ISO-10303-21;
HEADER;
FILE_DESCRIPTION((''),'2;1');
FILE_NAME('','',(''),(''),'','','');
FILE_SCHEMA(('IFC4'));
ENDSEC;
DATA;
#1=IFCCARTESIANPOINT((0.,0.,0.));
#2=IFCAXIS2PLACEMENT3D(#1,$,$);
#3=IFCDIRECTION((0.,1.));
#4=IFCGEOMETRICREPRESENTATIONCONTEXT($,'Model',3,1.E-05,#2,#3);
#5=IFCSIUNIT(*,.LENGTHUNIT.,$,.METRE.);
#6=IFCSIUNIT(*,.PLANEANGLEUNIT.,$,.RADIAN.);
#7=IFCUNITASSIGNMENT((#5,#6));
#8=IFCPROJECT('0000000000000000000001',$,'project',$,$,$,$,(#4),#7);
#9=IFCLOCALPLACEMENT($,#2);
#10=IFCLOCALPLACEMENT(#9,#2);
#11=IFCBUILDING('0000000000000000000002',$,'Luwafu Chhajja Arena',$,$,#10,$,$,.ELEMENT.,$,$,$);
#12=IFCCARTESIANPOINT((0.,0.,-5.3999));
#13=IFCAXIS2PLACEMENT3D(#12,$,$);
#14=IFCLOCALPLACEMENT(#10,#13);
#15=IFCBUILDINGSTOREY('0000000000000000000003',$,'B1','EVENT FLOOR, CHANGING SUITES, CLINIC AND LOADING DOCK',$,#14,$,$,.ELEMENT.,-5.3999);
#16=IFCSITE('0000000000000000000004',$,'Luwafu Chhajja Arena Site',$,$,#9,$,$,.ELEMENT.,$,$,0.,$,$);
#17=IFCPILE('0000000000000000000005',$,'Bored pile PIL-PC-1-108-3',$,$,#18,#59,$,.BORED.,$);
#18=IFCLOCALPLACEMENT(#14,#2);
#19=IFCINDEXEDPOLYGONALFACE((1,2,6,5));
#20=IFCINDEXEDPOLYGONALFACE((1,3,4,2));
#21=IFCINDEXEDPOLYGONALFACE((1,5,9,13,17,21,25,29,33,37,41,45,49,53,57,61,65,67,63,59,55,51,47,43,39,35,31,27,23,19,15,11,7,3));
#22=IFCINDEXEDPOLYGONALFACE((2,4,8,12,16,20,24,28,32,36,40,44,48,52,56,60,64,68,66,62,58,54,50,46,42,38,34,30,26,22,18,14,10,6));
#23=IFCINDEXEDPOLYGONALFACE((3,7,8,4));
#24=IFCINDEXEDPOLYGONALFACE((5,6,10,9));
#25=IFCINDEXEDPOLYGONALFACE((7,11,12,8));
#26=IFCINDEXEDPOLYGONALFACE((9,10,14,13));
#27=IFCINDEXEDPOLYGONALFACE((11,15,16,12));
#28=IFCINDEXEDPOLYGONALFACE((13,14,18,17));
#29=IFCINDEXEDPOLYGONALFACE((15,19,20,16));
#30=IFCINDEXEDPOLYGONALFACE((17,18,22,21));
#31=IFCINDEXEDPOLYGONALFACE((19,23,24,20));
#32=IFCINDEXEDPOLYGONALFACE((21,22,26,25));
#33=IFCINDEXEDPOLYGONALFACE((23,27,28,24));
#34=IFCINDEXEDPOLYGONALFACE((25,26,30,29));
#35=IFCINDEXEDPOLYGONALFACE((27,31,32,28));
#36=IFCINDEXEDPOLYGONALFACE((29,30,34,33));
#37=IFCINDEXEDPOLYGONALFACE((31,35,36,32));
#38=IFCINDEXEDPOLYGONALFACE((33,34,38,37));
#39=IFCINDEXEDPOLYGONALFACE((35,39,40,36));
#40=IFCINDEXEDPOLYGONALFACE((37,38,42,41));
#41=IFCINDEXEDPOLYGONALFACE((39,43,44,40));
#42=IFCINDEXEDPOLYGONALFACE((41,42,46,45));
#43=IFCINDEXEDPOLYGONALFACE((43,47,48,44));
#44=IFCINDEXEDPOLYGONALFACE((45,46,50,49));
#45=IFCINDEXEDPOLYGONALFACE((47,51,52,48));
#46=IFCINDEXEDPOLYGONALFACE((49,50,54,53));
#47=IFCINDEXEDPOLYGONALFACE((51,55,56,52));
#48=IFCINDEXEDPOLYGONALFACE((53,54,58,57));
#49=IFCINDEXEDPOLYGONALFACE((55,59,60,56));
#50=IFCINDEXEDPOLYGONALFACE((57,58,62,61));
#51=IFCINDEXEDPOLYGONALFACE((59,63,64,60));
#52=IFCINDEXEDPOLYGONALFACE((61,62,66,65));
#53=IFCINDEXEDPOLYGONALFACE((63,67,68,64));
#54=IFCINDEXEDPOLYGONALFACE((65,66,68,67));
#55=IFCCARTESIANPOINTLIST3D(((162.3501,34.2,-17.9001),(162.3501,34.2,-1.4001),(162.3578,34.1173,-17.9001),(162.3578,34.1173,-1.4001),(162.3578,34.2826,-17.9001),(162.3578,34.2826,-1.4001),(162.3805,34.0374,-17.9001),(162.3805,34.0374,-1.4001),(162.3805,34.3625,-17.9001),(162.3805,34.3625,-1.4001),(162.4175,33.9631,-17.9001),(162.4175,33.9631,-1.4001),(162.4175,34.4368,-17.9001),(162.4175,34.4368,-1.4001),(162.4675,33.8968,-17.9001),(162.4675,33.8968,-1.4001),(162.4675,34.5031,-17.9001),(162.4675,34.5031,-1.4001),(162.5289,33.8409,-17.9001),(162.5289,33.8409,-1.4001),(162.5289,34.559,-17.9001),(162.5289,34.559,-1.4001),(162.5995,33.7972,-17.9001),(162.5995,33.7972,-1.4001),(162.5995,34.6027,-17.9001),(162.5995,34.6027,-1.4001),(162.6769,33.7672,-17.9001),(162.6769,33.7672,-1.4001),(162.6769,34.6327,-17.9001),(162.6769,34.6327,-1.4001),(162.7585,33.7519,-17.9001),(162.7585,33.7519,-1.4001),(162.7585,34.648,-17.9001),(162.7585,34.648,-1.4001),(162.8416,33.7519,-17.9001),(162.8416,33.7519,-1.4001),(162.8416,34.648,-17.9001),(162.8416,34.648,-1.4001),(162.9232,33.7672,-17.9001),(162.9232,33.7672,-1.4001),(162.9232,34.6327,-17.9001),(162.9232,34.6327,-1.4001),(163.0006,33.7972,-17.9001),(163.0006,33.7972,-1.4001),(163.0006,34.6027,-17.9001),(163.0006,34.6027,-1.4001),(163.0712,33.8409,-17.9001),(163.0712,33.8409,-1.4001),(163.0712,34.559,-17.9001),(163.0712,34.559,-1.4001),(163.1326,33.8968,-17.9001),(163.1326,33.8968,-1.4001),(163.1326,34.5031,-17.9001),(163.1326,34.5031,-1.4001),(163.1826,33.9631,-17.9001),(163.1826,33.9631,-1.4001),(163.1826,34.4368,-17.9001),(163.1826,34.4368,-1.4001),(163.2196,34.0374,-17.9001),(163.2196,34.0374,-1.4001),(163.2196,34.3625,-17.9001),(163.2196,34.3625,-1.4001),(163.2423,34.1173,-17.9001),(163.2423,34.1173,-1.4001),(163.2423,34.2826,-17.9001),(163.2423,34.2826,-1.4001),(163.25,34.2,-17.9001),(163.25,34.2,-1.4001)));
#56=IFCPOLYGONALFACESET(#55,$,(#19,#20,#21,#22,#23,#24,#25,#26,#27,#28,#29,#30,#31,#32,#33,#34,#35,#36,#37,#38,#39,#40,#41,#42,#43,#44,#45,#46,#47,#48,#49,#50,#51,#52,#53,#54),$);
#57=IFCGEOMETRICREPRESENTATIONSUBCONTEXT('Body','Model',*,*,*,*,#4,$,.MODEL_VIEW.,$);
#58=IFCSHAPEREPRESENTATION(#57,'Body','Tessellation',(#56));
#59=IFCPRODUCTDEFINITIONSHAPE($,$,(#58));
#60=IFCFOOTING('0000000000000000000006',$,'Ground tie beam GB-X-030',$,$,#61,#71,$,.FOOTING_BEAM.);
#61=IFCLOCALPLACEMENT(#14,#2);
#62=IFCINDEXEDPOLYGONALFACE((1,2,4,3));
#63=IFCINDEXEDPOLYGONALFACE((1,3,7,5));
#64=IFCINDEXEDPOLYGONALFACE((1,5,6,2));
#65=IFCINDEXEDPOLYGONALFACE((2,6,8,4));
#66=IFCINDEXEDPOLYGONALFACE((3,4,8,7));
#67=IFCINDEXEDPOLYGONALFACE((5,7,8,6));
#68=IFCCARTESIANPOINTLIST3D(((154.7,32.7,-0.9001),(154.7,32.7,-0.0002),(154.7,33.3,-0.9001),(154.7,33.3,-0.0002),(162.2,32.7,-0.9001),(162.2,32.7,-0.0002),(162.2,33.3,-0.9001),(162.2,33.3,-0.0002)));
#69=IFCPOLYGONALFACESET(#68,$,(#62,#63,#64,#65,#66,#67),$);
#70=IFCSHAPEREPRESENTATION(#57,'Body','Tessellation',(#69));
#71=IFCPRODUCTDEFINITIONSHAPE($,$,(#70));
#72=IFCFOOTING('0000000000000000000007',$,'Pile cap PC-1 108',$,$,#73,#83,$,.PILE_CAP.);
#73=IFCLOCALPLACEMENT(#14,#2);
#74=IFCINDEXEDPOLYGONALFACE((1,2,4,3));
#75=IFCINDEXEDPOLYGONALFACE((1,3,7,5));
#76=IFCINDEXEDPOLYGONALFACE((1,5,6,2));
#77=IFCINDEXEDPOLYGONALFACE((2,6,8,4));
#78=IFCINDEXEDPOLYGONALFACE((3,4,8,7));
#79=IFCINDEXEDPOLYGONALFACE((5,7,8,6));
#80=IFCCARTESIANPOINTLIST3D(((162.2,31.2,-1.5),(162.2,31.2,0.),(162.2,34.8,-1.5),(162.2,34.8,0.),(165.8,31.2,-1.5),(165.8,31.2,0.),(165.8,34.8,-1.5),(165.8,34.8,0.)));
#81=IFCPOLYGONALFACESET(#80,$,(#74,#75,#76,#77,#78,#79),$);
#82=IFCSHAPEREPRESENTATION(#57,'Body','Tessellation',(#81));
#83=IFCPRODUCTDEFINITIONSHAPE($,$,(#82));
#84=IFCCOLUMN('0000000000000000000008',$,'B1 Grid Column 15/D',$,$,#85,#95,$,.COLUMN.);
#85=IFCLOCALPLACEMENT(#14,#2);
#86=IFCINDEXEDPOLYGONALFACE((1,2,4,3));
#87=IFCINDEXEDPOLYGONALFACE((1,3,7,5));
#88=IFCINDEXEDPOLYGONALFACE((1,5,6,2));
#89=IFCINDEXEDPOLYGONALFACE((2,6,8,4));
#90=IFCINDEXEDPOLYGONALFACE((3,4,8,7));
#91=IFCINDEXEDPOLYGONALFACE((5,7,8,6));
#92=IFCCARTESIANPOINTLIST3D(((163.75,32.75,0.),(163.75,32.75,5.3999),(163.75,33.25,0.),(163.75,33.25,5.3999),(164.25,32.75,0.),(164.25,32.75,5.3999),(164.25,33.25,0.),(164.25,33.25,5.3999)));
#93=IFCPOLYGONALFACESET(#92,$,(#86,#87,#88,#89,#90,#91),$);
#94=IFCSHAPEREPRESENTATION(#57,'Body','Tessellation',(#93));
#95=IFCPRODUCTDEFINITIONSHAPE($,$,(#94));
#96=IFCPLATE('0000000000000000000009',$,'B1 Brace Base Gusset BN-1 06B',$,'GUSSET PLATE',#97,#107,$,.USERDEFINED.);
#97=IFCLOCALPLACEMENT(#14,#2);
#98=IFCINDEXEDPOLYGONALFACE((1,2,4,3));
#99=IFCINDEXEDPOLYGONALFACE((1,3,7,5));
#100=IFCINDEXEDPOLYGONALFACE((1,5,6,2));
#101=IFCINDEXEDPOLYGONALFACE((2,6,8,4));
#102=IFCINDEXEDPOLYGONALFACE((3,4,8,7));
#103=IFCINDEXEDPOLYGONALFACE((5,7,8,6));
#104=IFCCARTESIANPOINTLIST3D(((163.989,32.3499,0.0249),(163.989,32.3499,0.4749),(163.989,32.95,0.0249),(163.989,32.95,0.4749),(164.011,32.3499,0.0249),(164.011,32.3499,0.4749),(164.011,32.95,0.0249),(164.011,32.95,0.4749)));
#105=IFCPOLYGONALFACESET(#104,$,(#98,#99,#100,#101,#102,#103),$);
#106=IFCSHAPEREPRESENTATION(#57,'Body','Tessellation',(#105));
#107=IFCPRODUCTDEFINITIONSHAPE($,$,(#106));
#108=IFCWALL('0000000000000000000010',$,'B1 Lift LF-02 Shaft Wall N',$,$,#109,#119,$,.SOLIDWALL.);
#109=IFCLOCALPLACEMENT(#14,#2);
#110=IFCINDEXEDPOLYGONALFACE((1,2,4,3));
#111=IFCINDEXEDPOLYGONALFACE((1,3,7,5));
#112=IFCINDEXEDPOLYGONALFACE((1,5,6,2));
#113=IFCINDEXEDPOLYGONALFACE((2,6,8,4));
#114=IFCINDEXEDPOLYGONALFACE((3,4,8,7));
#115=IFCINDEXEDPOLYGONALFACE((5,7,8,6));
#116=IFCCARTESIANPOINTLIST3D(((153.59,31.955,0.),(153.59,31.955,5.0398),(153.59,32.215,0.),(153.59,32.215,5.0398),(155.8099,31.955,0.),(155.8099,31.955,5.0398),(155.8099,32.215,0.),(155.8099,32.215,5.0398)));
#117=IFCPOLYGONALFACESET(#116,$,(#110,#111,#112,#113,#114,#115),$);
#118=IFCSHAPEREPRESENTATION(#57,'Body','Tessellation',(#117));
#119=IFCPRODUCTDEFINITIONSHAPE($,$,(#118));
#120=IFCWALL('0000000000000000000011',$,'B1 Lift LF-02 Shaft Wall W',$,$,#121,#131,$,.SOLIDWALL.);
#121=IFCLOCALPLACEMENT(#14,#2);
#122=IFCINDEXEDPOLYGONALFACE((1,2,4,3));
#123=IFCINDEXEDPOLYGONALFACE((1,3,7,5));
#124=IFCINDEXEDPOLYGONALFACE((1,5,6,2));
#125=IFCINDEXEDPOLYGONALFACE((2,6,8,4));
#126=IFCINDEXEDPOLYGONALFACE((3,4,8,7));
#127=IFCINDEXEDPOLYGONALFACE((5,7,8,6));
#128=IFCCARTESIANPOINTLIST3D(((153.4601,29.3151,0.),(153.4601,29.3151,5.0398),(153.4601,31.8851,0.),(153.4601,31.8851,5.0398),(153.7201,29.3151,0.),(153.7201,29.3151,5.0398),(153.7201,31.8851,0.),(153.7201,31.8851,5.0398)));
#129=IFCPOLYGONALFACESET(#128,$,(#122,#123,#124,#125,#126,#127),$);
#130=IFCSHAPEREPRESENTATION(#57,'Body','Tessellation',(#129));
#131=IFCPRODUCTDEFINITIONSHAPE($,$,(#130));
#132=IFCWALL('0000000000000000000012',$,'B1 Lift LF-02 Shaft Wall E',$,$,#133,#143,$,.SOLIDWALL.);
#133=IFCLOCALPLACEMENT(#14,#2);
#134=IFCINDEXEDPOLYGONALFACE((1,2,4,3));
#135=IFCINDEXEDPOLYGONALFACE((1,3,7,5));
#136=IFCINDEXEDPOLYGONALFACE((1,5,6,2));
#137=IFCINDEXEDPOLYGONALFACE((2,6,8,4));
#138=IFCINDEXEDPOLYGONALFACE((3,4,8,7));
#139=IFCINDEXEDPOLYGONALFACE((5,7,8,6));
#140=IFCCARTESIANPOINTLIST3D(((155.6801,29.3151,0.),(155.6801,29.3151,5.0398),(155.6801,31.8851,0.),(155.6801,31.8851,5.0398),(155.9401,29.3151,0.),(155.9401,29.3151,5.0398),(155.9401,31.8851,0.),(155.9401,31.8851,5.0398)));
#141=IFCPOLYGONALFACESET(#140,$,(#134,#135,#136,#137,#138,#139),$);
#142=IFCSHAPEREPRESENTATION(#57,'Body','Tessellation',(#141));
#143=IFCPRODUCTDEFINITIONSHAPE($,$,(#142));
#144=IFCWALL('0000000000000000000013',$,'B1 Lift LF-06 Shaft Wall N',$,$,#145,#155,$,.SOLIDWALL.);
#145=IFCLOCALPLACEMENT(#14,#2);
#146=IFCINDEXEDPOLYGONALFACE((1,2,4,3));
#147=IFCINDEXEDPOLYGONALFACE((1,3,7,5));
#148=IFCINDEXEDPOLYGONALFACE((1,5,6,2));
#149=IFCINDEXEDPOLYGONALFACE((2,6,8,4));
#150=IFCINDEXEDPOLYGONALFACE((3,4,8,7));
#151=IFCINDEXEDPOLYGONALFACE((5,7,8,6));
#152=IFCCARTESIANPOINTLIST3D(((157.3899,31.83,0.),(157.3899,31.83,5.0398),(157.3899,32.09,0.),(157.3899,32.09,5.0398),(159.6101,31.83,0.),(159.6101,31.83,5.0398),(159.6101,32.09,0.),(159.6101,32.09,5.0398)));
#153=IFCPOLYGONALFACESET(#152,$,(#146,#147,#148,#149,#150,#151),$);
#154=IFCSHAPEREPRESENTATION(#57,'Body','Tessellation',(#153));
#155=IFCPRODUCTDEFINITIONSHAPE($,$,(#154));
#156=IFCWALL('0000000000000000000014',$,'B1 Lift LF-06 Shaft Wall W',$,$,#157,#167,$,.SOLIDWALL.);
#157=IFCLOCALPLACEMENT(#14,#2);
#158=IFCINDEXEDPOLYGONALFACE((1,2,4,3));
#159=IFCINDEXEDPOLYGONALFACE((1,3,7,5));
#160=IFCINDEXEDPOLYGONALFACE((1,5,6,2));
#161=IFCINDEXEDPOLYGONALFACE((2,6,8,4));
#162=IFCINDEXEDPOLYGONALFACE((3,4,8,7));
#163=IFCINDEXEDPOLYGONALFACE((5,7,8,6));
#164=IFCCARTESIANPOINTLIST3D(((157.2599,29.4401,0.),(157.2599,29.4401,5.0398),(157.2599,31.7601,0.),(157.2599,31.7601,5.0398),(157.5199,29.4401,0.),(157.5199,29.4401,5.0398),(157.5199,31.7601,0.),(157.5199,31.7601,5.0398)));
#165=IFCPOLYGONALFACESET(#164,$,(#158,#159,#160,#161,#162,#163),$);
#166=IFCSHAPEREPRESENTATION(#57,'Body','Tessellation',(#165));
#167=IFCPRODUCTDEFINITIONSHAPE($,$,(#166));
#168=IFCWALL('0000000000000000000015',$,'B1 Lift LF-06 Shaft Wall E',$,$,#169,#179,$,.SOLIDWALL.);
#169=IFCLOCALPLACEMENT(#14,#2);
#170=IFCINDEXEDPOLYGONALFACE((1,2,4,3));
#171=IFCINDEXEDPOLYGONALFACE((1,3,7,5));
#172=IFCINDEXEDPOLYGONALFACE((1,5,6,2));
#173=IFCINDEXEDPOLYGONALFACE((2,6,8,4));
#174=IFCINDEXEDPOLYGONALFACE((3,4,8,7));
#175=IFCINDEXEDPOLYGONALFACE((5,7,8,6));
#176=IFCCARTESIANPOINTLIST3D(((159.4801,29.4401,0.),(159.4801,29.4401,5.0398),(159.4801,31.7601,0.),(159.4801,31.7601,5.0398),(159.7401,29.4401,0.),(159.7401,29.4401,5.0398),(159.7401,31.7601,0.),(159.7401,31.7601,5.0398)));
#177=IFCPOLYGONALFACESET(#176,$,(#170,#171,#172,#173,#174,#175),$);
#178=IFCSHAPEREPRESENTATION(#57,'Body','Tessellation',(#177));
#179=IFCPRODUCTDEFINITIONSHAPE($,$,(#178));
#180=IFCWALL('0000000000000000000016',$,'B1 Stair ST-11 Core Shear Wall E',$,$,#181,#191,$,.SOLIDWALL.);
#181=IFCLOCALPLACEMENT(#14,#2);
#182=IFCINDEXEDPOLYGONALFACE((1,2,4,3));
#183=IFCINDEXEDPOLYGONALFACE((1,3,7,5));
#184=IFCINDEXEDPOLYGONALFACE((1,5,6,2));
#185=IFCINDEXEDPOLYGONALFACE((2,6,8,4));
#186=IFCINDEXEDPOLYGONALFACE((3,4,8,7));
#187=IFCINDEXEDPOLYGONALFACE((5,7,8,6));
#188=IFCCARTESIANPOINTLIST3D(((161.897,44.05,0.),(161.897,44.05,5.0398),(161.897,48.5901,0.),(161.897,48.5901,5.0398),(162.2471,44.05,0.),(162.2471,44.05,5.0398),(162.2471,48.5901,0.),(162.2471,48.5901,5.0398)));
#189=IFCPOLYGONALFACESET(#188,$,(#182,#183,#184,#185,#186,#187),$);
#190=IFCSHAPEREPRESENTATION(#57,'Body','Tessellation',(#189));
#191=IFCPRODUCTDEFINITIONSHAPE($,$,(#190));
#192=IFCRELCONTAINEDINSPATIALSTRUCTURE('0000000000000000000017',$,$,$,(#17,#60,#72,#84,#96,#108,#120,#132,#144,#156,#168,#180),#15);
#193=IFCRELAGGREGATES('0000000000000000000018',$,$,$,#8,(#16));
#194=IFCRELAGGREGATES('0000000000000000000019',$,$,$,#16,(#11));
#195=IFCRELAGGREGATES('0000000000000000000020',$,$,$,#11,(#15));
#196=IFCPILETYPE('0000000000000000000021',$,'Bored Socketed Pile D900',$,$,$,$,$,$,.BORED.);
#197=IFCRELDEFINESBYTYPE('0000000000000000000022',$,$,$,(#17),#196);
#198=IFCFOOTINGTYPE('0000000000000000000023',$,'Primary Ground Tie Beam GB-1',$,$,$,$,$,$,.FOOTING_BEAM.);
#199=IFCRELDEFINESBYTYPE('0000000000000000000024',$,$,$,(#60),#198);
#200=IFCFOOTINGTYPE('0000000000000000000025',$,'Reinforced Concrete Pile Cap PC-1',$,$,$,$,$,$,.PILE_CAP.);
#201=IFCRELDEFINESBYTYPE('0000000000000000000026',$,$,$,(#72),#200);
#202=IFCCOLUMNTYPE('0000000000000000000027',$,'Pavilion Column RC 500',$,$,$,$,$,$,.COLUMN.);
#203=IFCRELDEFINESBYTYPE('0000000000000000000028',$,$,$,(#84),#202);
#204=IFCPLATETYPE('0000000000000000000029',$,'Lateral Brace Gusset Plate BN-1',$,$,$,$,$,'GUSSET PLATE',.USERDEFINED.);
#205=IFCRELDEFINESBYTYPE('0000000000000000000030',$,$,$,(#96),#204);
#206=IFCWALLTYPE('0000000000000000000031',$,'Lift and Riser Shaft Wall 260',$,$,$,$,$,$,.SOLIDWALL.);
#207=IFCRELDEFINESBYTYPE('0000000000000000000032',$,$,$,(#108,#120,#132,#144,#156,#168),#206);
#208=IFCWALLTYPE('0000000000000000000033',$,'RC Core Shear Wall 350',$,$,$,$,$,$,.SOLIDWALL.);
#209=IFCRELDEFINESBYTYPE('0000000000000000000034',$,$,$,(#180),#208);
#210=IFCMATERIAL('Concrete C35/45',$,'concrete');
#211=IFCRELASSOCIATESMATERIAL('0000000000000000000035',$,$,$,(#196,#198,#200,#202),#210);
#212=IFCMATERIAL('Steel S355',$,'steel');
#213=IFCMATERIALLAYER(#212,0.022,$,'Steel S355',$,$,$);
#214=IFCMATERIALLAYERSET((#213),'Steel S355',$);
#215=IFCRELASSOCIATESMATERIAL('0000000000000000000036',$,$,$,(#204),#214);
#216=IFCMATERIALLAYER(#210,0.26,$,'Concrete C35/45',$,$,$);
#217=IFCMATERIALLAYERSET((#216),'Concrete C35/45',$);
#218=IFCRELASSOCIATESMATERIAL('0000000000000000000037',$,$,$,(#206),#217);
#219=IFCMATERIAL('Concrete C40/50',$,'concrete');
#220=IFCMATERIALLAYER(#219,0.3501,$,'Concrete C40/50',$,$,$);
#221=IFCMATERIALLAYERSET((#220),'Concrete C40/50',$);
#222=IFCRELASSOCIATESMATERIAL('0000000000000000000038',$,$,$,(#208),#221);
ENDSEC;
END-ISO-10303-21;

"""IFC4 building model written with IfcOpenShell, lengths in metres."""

from ifc_helpers import new_model, si_unit, direction, frame, frame_2d, origin, origin_2d, place, context, subcontext, project, spatial, rectangle, circle, extrude, material, layer, layer_set, material_profile, profile_set, type_object, element, save


model = new_model("IFC4")

# Units and contexts
model_context = context("Model", 3, precision=1e-05, world=origin(), true_north=direction((0.0, 1.0)))
body_context = subcontext(model_context, "Body", "Model", "MODEL_VIEW")
ifc_project = project(units=[si_unit("LENGTHUNIT", "METRE"), si_unit("PLANEANGLEUNIT", "RADIAN")], contexts=[model_context])

# Site, building, storey
site_placement = place(None, origin())
site = spatial("IfcSite", under=ifc_project, at=site_placement, Name="Luwafu Chhajja Arena Site", CompositionType="ELEMENT", RefElevation=0.0)
building_placement = place(site_placement, origin())
building = spatial("IfcBuilding", under=site, at=building_placement, Name="Luwafu Chhajja Arena", CompositionType="ELEMENT")
storey_placement = place(building_placement, frame((0.0, 0.0, -5.3999)))
storey = spatial("IfcBuildingStorey", under=building, at=storey_placement, Name="B1", Description="EVENT FLOOR, CHANGING SUITES, CLINIC AND LOADING DOCK", CompositionType="ELEMENT", Elevation=-5.3999)

# Pile
ifc_material_1 = material(Name="Concrete C35/45", Category="concrete")
ifc_material_profile_1 = material_profile(ifc_material_1, circle(Radius=0.45, at=origin_2d()), Name="PILE D900")
ifc_profile_set_1 = profile_set([ifc_material_profile_1], Name="Concrete C35/45")
pile_type_1 = type_object("IfcPileType", Name="Bored Socketed Pile D900", PredefinedType="BORED", material=ifc_profile_set_1)
for number, where, z_axis, x_axis, name in (
    (1, (162.8, 34.2, -1.4001), (0.0, 0.0, -1.0), (1.0, 0.0, 0.0), "Bored pile PIL-PC-1-108-3"),
):
    element("IfcPile", number, at=place(storey_placement, frame(where, z_axis=z_axis, x_axis=x_axis)), inside=storey, type_object=pile_type_1, Name=name, PredefinedType="BORED", context=body_context, shape_type="SweptSolid", body=[
        extrude(circle(Radius=0.45, at=origin_2d()), origin(), (0.0, 0.0, 1.0), 16.5),
    ])

# Footings
ifc_material_profile_2 = material_profile(ifc_material_1, rectangle(XDim=0.6001, YDim=0.8999, at=origin_2d()), Name="RC 600x900")
ifc_profile_set_2 = profile_set([ifc_material_profile_2], Name="Concrete C35/45")
footing_type_1 = type_object("IfcFootingType", Name="Primary Ground Tie Beam GB-1", PredefinedType="FOOTING_BEAM", material=ifc_profile_set_2)
footing_1_placement = place(storey_placement, frame((154.7, 33.0, -0.4502), z_axis=(1.0, 0.0, 0.0), x_axis=(0.0, 1.0, 0.0)))
element("IfcFooting", 2, at=footing_1_placement, inside=storey, type_object=footing_type_1, Name="Ground tie beam GB-X-030", PredefinedType="FOOTING_BEAM", context=body_context, shape_type="SweptSolid", body=[
    extrude(rectangle(XDim=0.6001, YDim=0.8999, at=origin_2d()), origin(), (0.0, 0.0, 1.0), 7.5),
])
footing_type_2 = type_object("IfcFootingType", Name="Reinforced Concrete Pile Cap PC-1", PredefinedType="PILE_CAP", material=ifc_material_1)
footing_2_placement = place(storey_placement, frame((164.0, 33.0, -1.5), z_axis=(0.0, 0.0, 1.0), x_axis=(1.0, 0.0, 0.0)))
element("IfcFooting", 3, at=footing_2_placement, inside=storey, type_object=footing_type_2, Name="Pile cap PC-1 108", PredefinedType="PILE_CAP", context=body_context, shape_type="SweptSolid", body=[
    extrude(rectangle(XDim=3.6001, YDim=3.6001, at=origin_2d()), origin(), (0.0, 0.0, 1.0), 1.5),
])

# Column
ifc_material_profile_3 = material_profile(ifc_material_1, rectangle(XDim=0.5, YDim=0.5, at=origin_2d()), Name="RC 500x500")
ifc_profile_set_3 = profile_set([ifc_material_profile_3], Name="Concrete C35/45")
column_type = type_object("IfcColumnType", Name="Pavilion Column RC 500", PredefinedType="COLUMN", material=ifc_profile_set_3)
column_placement = place(storey_placement, frame((164.0, 33.0, 0.0), z_axis=(0.0, 0.0, 1.0), x_axis=(1.0, 0.0, 0.0)))
element("IfcColumn", 4, at=column_placement, inside=storey, type_object=column_type, Name="B1 Grid Column 15/D", PredefinedType="COLUMN", context=body_context, shape_type="SweptSolid", body=[
    extrude(rectangle(XDim=0.5, YDim=0.5, at=origin_2d()), origin(), (0.0, 0.0, 1.0), 5.3999),
])

# Plate
ifc_material_2 = material(Name="Steel S355", Category="steel")
ifc_layer_1 = layer(ifc_material_2, 0.022, Name="Steel S355")
ifc_layer_set_1 = layer_set([ifc_layer_1], Name="Steel S355")
plate_type = type_object("IfcPlateType", Name="Lateral Brace Gusset Plate BN-1", ElementType="GUSSET PLATE", PredefinedType="USERDEFINED", material=ifc_layer_set_1)
plate_placement = place(storey_placement, frame((164.0, 32.6499, 0.0249), z_axis=(0.0, 0.0, 1.0), x_axis=(1.0, 0.0, 0.0)))
element("IfcPlate", 5, at=plate_placement, inside=storey, type_object=plate_type, Name="B1 Brace Base Gusset BN-1 06B", ObjectType="GUSSET PLATE", PredefinedType="USERDEFINED", context=body_context, shape_type="SweptSolid", body=[
    extrude(rectangle(XDim=0.022, YDim=0.6001, at=origin_2d()), origin(), (0.0, 0.0, 1.0), 0.45),
])

# Walls
ifc_layer_2 = layer(ifc_material_1, 0.26, Name="Concrete C35/45")
ifc_layer_set_2 = layer_set([ifc_layer_2], Name="Concrete C35/45")
wall_type_1 = type_object("IfcWallType", Name="Lift and Riser Shaft Wall 260", PredefinedType="SOLIDWALL", material=ifc_layer_set_2)
wall_1_placement = place(storey_placement, frame((153.5901, 32.085, 0.0), z_axis=(0.0, 0.0, 1.0), x_axis=(1.0, 0.0, 0.0)))
element("IfcWall", 6, at=wall_1_placement, inside=storey, type_object=wall_type_1, Name="B1 Lift LF-02 Shaft Wall N", PredefinedType="SOLIDWALL", context=body_context, shape_type="SweptSolid", body=[
    extrude(rectangle(XDim=2.22, YDim=0.26, at=frame_2d((1.1099, 0.0))), origin(), (0.0, 0.0, 1.0), 5.0398),
])
for number, where, z_axis, x_axis, name in (
    (7, (153.5901, 29.3149, 0.0), (0.0, 0.0, 1.0), (0.0, 1.0, 0.0), "B1 Lift LF-02 Shaft Wall W"),
    (8, (155.8101, 29.3149, 0.0), (0.0, 0.0, 1.0), (0.0, 1.0, 0.0), "B1 Lift LF-02 Shaft Wall E"),
):
    element("IfcWall", number, at=place(storey_placement, frame(where, z_axis=z_axis, x_axis=x_axis)), inside=storey, type_object=wall_type_1, Name=name, PredefinedType="SOLIDWALL", context=body_context, shape_type="SweptSolid", body=[
        extrude(rectangle(XDim=2.5701, YDim=0.26, at=frame_2d((1.2852, 0.0))), origin(), (0.0, 0.0, 1.0), 5.0398),
    ])
wall_2_placement = place(storey_placement, frame((157.3899, 31.96, 0.0), z_axis=(0.0, 0.0, 1.0), x_axis=(1.0, 0.0, 0.0)))
element("IfcWall", 9, at=wall_2_placement, inside=storey, type_object=wall_type_1, Name="B1 Lift LF-06 Shaft Wall N", PredefinedType="SOLIDWALL", context=body_context, shape_type="SweptSolid", body=[
    extrude(rectangle(XDim=2.2202, YDim=0.26, at=frame_2d((1.1101, 0.0))), origin(), (0.0, 0.0, 1.0), 5.0398),
])
for number, where, z_axis, x_axis, name in (
    (10, (157.3899, 29.4399, 0.0), (0.0, 0.0, 1.0), (0.0, 1.0, 0.0), "B1 Lift LF-06 Shaft Wall W"),
    (11, (159.6101, 29.4399, 0.0), (0.0, 0.0, 1.0), (0.0, 1.0, 0.0), "B1 Lift LF-06 Shaft Wall E"),
):
    element("IfcWall", number, at=place(storey_placement, frame(where, z_axis=z_axis, x_axis=x_axis)), inside=storey, type_object=wall_type_1, Name=name, PredefinedType="SOLIDWALL", context=body_context, shape_type="SweptSolid", body=[
        extrude(rectangle(XDim=2.3201, YDim=0.26, at=frame_2d((1.1602, 0.0))), origin(), (0.0, 0.0, 1.0), 5.0398),
    ])
ifc_material_3 = material(Name="Concrete C40/50", Category="concrete")
ifc_layer_3 = layer(ifc_material_3, 0.3501, Name="Concrete C40/50")
ifc_layer_set_3 = layer_set([ifc_layer_3], Name="Concrete C40/50")
wall_type_2 = type_object("IfcWallType", Name="RC Core Shear Wall 350", PredefinedType="SOLIDWALL", material=ifc_layer_set_3)
wall_3_placement = place(storey_placement, frame((162.072, 44.05, 0.0), z_axis=(0.0, 0.0, 1.0), x_axis=(0.0, 1.0, 0.0)))
element("IfcWall", 12, at=wall_3_placement, inside=storey, type_object=wall_type_2, Name="B1 Stair ST-11 Core Shear Wall E", PredefinedType="SOLIDWALL", context=body_context, shape_type="SweptSolid", body=[
    extrude(rectangle(XDim=4.54, YDim=0.3501, at=frame_2d((2.27, 0.0))), origin(), (0.0, 0.0, 1.0), 5.0398),
])

save(model, "model.ifc")
